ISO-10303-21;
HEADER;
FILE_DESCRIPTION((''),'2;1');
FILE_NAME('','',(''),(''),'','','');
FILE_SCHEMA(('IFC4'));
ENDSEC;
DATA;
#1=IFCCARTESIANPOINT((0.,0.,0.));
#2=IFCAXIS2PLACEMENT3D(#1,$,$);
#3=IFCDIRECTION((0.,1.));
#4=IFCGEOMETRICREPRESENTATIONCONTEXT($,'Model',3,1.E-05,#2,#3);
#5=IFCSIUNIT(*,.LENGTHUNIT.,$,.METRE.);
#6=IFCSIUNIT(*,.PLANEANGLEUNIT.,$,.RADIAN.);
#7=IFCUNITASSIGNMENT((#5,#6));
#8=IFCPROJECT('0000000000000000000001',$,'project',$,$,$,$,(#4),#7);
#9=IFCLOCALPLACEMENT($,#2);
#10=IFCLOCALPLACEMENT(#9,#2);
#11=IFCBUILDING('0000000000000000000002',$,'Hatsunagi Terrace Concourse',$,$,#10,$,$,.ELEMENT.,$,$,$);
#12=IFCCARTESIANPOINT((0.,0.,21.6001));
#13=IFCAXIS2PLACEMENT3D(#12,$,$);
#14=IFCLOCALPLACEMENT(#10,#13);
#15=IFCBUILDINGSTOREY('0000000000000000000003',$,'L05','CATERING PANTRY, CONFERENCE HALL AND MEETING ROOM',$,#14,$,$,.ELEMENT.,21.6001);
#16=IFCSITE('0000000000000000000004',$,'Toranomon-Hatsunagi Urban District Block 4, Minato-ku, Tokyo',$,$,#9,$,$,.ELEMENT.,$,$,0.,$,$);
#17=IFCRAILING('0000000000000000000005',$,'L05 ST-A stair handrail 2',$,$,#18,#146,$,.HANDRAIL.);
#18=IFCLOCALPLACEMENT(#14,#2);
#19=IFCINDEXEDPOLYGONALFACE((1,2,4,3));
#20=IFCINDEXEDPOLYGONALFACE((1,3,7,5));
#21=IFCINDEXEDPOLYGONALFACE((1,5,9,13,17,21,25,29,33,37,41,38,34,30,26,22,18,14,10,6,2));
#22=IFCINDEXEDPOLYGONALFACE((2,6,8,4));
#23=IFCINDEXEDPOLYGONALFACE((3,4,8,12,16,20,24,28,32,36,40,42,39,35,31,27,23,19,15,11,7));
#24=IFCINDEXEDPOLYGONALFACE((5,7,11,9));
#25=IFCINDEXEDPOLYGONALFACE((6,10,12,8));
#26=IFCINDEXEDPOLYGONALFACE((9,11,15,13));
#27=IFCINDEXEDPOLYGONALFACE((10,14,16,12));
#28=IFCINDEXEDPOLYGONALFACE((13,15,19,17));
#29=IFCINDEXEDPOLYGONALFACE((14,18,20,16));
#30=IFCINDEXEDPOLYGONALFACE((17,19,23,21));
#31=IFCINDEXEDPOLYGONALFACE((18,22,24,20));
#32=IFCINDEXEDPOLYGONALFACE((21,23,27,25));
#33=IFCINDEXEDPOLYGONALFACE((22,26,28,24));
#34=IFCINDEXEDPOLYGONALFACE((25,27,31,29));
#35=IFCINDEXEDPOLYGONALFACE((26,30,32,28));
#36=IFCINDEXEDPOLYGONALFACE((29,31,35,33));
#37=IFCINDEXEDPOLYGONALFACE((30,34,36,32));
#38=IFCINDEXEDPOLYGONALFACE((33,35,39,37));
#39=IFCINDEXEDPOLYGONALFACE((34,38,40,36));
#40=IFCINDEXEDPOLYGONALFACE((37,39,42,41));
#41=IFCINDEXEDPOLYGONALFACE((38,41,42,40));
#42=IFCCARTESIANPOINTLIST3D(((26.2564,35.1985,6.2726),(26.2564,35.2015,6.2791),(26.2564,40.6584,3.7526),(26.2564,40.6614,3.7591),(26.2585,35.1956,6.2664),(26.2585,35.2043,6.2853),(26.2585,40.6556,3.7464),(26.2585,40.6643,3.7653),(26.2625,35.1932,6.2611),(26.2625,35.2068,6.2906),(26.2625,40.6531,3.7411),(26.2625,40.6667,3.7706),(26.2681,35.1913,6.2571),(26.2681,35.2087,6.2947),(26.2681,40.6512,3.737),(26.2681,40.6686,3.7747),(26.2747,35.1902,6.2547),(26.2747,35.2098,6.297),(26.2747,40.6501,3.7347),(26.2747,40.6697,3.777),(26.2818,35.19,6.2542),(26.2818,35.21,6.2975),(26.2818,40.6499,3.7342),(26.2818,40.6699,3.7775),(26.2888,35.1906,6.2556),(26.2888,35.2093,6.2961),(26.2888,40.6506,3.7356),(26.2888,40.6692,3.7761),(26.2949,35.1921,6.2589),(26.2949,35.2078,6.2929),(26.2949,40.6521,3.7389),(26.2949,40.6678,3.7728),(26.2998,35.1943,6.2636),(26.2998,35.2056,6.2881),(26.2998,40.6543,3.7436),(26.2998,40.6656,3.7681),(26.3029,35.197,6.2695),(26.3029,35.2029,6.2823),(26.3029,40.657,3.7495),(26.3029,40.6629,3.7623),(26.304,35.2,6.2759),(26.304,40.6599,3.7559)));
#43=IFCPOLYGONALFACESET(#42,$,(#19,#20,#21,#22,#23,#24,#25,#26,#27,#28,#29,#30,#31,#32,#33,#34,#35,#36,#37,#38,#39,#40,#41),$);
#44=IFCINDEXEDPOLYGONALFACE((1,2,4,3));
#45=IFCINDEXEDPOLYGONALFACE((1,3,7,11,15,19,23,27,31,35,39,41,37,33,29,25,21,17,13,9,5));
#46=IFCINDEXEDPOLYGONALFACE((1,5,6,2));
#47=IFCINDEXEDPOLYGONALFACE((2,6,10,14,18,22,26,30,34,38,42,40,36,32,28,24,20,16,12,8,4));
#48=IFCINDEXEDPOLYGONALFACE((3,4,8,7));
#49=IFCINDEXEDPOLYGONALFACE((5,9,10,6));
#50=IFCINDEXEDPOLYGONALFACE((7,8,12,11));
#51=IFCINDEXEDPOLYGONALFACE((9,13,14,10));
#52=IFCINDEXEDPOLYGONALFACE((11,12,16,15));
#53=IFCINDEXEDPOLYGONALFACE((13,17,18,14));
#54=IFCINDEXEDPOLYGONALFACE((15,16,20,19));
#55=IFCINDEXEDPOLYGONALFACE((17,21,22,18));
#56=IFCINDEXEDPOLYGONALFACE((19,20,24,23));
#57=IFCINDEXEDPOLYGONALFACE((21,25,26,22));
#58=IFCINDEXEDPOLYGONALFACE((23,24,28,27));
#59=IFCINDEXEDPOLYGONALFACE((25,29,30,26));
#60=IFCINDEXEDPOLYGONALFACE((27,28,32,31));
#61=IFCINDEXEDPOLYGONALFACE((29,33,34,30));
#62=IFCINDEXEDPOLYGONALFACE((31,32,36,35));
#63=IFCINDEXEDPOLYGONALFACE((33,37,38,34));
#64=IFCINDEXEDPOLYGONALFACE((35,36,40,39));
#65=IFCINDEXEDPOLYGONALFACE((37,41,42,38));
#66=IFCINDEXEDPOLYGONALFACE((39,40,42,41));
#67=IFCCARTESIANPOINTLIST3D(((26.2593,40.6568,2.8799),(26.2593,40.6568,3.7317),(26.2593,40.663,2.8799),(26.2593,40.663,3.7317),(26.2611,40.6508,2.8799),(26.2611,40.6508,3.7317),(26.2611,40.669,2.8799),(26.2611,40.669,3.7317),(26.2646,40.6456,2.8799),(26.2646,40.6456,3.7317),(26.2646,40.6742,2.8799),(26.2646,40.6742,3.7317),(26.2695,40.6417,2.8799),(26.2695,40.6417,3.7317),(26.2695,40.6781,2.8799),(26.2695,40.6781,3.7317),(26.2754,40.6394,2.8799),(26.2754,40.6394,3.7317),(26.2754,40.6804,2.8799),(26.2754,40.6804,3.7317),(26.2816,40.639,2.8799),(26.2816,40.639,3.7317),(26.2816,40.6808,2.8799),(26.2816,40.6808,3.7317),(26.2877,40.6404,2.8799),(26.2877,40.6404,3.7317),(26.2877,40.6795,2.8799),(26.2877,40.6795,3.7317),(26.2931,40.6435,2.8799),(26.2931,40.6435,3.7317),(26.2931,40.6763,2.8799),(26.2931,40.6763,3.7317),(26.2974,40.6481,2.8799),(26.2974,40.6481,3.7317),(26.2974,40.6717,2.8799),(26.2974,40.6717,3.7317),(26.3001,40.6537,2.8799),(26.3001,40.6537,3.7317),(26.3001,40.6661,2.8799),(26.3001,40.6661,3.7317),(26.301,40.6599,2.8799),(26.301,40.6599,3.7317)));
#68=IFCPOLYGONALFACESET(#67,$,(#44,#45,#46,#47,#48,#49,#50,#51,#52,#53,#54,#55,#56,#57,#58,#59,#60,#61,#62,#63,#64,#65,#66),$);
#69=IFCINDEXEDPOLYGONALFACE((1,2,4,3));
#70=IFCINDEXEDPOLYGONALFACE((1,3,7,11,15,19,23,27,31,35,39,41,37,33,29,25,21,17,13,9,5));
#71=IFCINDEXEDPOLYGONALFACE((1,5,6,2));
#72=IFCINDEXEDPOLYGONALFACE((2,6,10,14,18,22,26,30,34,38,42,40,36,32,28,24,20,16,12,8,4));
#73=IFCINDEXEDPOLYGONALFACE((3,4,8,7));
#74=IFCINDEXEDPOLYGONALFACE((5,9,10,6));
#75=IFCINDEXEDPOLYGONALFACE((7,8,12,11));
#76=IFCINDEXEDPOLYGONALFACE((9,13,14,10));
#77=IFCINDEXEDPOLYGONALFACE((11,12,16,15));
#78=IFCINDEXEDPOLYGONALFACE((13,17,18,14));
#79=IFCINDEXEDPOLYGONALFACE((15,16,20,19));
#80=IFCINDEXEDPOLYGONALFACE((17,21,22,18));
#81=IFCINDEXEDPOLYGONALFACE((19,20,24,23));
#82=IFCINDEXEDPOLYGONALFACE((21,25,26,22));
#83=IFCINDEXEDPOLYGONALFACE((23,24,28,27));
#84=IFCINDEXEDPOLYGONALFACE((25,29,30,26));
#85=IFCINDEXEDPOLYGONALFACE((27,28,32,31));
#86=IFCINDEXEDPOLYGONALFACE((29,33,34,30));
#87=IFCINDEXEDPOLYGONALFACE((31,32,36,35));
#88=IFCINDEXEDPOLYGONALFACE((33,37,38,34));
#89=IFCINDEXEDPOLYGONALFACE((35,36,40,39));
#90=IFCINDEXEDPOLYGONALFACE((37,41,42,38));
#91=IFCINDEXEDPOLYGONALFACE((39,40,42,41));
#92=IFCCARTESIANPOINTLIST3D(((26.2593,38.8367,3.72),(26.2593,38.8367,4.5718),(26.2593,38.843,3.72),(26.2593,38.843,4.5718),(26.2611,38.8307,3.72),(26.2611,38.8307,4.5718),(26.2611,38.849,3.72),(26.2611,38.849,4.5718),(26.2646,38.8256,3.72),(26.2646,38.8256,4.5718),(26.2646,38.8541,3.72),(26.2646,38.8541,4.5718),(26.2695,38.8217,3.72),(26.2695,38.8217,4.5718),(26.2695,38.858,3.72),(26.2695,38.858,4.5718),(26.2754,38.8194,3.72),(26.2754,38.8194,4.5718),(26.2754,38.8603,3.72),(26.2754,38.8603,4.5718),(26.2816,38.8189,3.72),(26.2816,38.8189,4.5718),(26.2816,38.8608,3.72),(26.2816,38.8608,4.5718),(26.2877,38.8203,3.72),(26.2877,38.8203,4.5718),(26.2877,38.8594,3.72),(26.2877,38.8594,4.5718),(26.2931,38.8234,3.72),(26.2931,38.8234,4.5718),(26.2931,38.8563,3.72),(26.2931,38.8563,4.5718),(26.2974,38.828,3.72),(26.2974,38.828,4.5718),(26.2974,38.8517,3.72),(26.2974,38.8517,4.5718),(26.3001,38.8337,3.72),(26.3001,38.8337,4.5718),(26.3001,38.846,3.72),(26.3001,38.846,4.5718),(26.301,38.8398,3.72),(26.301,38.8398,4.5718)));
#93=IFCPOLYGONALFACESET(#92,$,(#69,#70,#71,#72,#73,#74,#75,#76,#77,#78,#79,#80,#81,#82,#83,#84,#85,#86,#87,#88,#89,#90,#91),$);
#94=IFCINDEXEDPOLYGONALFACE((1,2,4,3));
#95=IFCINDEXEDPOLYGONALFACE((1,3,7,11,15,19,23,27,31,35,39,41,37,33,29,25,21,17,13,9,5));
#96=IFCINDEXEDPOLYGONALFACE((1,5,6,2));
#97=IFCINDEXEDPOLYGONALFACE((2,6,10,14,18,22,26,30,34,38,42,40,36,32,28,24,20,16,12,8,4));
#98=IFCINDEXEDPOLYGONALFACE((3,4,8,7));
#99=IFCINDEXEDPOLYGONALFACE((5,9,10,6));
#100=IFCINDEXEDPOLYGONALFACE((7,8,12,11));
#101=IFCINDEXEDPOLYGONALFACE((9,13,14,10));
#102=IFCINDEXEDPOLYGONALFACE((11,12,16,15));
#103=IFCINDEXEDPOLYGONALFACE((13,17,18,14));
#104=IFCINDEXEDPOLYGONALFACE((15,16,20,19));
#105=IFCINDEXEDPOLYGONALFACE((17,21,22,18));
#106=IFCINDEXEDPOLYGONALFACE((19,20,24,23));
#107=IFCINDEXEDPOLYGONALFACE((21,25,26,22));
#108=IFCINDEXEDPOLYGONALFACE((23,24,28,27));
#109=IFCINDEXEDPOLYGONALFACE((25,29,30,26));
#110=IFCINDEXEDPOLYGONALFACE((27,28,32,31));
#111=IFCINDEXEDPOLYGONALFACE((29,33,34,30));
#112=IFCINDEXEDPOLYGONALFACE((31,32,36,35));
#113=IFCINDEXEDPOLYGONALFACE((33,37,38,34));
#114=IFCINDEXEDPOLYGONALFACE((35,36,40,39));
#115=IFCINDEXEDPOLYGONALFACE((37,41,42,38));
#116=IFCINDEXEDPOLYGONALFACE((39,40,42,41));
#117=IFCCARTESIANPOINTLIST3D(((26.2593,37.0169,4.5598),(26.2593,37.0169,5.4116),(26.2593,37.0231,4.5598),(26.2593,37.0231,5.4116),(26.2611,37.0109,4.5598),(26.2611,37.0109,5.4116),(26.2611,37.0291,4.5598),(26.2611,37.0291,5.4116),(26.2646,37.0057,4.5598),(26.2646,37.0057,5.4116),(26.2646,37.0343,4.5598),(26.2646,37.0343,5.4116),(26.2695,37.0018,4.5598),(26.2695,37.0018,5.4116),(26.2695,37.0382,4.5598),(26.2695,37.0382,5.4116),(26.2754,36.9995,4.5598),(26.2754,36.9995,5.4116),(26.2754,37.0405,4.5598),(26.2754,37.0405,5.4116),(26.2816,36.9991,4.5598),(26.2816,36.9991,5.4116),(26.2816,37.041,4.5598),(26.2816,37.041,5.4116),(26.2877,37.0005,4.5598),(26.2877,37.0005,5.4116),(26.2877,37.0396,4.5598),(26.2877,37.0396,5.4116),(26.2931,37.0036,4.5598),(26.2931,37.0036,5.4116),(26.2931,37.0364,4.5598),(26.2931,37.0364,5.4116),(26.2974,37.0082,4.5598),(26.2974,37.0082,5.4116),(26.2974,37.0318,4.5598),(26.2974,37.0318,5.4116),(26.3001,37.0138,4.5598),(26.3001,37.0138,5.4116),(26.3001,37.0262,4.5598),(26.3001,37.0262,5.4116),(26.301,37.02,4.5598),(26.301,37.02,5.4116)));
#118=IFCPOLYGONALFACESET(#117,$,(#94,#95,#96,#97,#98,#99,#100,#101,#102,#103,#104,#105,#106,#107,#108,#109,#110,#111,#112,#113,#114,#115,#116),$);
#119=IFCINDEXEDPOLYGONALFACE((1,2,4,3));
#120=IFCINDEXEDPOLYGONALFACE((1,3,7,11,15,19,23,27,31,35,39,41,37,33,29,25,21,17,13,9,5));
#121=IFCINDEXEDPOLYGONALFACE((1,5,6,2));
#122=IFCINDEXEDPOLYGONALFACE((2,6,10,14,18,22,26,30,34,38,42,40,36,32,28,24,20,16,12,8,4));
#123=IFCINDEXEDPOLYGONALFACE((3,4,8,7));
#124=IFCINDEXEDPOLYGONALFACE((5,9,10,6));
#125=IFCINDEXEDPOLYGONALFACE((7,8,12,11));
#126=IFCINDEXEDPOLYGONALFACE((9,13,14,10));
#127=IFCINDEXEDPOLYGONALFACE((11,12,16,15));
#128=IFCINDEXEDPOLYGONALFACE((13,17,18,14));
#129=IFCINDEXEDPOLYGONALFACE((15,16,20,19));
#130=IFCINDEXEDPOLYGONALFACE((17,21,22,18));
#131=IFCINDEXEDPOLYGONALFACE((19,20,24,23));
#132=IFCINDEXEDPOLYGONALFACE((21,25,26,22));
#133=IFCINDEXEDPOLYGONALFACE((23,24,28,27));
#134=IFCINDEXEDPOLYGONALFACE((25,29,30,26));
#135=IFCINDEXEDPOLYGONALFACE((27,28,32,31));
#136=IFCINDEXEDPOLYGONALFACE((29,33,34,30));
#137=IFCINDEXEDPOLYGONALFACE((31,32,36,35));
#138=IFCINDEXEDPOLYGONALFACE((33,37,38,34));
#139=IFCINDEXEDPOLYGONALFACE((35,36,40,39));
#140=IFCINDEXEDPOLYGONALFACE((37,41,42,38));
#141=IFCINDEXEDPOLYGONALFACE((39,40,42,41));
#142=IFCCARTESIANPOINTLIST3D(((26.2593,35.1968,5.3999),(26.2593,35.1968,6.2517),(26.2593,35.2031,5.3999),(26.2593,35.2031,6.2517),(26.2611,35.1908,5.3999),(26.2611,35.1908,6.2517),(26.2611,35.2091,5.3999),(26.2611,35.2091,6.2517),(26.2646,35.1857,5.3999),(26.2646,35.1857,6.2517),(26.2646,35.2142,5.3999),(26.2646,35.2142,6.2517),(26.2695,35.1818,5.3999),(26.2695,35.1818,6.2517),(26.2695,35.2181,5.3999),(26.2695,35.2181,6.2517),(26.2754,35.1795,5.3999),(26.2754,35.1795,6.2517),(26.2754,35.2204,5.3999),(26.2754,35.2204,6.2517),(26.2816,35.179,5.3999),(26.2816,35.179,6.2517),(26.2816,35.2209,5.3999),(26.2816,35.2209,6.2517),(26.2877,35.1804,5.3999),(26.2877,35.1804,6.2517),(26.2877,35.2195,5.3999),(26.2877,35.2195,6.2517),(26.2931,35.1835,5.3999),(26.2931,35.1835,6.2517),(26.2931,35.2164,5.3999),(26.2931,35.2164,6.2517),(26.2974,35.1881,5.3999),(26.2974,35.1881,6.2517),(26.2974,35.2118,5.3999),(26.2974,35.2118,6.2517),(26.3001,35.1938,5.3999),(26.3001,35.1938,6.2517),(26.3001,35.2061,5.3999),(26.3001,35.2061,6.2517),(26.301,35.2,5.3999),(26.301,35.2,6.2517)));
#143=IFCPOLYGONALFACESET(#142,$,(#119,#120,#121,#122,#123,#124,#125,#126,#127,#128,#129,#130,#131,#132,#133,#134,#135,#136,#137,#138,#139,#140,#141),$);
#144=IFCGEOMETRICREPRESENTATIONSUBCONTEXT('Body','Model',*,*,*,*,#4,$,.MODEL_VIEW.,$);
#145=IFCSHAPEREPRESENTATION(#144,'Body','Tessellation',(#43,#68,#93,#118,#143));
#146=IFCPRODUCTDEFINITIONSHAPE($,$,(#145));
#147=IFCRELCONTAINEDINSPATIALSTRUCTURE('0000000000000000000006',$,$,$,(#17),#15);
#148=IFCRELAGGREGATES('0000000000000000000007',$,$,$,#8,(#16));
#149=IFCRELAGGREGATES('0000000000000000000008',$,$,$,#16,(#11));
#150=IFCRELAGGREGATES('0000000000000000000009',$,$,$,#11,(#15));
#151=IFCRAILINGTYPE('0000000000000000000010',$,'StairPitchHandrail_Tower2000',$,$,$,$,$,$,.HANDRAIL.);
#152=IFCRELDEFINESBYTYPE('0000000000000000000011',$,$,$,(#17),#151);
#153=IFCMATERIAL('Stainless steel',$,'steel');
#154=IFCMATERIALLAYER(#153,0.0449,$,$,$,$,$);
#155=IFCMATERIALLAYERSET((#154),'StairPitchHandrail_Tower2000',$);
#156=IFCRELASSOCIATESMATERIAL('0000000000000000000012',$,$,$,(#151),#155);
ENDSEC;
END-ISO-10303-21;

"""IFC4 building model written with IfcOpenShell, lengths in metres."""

from ifc_helpers import new_model, si_unit, direction, frame, origin, origin_2d, place, context, subcontext, project, spatial, circle, extrude, material, layer, layer_set, type_object, element, save


model = new_model("IFC4")

# Units and contexts
model_context = context("Model", 3, precision=1e-05, world=origin(), true_north=direction((0.0, 1.0)))
body_context = subcontext(model_context, "Body", "Model", "MODEL_VIEW")
ifc_project = project(units=[si_unit("LENGTHUNIT", "METRE"), si_unit("PLANEANGLEUNIT", "RADIAN")], contexts=[model_context])

# Site, building, storey
site_placement = place(None, origin())
site = spatial("IfcSite", under=ifc_project, at=site_placement, Name="Toranomon-Hatsunagi Urban District Block 4, Minato-ku, Tokyo", CompositionType="ELEMENT", RefElevation=0.0)
building_placement = place(site_placement, origin())
building = spatial("IfcBuilding", under=site, at=building_placement, Name="Hatsunagi Terrace Concourse", CompositionType="ELEMENT")
storey_placement = place(building_placement, frame((0.0, 0.0, 21.6001)))
storey = spatial("IfcBuildingStorey", under=building, at=storey_placement, Name="L05", Description="CATERING PANTRY, CONFERENCE HALL AND MEETING ROOM", CompositionType="ELEMENT", Elevation=21.6001)

# Railing
ifc_material_1 = material(Name="Stainless steel", Category="steel")
ifc_layer_1 = layer(ifc_material_1, 0.0449)
ifc_layer_set_1 = layer_set([ifc_layer_1], Name="StairPitchHandrail_Tower2000")
railing_type_1 = type_object("IfcRailingType", Name="StairPitchHandrail_Tower2000", PredefinedType="HANDRAIL", material=ifc_layer_set_1)
railing_1_placement = place(storey_placement, frame((26.28, 40.6599, 2.8799)))
element("IfcRailing", 1, at=railing_1_placement, inside=storey, type_object=railing_type_1, Name="L05 ST-A stair handrail 2", PredefinedType="HANDRAIL", context=body_context, shape_type="SweptSolid", body=[
    extrude(circle(Radius=0.0239, at=origin_2d()), frame((0.0, 0.0, 0.876), z_axis=(0.0, -0.907957, 0.419063), x_axis=(1.0, 0.0, 0.0)), (0.0, 0.0, 1.0), 6.0134),
    extrude(circle(Radius=0.021, at=origin_2d()), origin(), (0.0, 0.0, 1.0), 0.8518),
    extrude(circle(Radius=0.021, at=origin_2d()), frame((0.0, -1.8201, 0.8401)), (0.0, 0.0, 1.0), 0.8518),
    extrude(circle(Radius=0.021, at=origin_2d()), frame((0.0, -3.6399, 1.6799)), (0.0, 0.0, 1.0), 0.8518),
    extrude(circle(Radius=0.021, at=origin_2d()), frame((0.0, -5.46, 2.52)), (0.0, 0.0, 1.0), 0.8518),
])

save(model, "model.ifc")
